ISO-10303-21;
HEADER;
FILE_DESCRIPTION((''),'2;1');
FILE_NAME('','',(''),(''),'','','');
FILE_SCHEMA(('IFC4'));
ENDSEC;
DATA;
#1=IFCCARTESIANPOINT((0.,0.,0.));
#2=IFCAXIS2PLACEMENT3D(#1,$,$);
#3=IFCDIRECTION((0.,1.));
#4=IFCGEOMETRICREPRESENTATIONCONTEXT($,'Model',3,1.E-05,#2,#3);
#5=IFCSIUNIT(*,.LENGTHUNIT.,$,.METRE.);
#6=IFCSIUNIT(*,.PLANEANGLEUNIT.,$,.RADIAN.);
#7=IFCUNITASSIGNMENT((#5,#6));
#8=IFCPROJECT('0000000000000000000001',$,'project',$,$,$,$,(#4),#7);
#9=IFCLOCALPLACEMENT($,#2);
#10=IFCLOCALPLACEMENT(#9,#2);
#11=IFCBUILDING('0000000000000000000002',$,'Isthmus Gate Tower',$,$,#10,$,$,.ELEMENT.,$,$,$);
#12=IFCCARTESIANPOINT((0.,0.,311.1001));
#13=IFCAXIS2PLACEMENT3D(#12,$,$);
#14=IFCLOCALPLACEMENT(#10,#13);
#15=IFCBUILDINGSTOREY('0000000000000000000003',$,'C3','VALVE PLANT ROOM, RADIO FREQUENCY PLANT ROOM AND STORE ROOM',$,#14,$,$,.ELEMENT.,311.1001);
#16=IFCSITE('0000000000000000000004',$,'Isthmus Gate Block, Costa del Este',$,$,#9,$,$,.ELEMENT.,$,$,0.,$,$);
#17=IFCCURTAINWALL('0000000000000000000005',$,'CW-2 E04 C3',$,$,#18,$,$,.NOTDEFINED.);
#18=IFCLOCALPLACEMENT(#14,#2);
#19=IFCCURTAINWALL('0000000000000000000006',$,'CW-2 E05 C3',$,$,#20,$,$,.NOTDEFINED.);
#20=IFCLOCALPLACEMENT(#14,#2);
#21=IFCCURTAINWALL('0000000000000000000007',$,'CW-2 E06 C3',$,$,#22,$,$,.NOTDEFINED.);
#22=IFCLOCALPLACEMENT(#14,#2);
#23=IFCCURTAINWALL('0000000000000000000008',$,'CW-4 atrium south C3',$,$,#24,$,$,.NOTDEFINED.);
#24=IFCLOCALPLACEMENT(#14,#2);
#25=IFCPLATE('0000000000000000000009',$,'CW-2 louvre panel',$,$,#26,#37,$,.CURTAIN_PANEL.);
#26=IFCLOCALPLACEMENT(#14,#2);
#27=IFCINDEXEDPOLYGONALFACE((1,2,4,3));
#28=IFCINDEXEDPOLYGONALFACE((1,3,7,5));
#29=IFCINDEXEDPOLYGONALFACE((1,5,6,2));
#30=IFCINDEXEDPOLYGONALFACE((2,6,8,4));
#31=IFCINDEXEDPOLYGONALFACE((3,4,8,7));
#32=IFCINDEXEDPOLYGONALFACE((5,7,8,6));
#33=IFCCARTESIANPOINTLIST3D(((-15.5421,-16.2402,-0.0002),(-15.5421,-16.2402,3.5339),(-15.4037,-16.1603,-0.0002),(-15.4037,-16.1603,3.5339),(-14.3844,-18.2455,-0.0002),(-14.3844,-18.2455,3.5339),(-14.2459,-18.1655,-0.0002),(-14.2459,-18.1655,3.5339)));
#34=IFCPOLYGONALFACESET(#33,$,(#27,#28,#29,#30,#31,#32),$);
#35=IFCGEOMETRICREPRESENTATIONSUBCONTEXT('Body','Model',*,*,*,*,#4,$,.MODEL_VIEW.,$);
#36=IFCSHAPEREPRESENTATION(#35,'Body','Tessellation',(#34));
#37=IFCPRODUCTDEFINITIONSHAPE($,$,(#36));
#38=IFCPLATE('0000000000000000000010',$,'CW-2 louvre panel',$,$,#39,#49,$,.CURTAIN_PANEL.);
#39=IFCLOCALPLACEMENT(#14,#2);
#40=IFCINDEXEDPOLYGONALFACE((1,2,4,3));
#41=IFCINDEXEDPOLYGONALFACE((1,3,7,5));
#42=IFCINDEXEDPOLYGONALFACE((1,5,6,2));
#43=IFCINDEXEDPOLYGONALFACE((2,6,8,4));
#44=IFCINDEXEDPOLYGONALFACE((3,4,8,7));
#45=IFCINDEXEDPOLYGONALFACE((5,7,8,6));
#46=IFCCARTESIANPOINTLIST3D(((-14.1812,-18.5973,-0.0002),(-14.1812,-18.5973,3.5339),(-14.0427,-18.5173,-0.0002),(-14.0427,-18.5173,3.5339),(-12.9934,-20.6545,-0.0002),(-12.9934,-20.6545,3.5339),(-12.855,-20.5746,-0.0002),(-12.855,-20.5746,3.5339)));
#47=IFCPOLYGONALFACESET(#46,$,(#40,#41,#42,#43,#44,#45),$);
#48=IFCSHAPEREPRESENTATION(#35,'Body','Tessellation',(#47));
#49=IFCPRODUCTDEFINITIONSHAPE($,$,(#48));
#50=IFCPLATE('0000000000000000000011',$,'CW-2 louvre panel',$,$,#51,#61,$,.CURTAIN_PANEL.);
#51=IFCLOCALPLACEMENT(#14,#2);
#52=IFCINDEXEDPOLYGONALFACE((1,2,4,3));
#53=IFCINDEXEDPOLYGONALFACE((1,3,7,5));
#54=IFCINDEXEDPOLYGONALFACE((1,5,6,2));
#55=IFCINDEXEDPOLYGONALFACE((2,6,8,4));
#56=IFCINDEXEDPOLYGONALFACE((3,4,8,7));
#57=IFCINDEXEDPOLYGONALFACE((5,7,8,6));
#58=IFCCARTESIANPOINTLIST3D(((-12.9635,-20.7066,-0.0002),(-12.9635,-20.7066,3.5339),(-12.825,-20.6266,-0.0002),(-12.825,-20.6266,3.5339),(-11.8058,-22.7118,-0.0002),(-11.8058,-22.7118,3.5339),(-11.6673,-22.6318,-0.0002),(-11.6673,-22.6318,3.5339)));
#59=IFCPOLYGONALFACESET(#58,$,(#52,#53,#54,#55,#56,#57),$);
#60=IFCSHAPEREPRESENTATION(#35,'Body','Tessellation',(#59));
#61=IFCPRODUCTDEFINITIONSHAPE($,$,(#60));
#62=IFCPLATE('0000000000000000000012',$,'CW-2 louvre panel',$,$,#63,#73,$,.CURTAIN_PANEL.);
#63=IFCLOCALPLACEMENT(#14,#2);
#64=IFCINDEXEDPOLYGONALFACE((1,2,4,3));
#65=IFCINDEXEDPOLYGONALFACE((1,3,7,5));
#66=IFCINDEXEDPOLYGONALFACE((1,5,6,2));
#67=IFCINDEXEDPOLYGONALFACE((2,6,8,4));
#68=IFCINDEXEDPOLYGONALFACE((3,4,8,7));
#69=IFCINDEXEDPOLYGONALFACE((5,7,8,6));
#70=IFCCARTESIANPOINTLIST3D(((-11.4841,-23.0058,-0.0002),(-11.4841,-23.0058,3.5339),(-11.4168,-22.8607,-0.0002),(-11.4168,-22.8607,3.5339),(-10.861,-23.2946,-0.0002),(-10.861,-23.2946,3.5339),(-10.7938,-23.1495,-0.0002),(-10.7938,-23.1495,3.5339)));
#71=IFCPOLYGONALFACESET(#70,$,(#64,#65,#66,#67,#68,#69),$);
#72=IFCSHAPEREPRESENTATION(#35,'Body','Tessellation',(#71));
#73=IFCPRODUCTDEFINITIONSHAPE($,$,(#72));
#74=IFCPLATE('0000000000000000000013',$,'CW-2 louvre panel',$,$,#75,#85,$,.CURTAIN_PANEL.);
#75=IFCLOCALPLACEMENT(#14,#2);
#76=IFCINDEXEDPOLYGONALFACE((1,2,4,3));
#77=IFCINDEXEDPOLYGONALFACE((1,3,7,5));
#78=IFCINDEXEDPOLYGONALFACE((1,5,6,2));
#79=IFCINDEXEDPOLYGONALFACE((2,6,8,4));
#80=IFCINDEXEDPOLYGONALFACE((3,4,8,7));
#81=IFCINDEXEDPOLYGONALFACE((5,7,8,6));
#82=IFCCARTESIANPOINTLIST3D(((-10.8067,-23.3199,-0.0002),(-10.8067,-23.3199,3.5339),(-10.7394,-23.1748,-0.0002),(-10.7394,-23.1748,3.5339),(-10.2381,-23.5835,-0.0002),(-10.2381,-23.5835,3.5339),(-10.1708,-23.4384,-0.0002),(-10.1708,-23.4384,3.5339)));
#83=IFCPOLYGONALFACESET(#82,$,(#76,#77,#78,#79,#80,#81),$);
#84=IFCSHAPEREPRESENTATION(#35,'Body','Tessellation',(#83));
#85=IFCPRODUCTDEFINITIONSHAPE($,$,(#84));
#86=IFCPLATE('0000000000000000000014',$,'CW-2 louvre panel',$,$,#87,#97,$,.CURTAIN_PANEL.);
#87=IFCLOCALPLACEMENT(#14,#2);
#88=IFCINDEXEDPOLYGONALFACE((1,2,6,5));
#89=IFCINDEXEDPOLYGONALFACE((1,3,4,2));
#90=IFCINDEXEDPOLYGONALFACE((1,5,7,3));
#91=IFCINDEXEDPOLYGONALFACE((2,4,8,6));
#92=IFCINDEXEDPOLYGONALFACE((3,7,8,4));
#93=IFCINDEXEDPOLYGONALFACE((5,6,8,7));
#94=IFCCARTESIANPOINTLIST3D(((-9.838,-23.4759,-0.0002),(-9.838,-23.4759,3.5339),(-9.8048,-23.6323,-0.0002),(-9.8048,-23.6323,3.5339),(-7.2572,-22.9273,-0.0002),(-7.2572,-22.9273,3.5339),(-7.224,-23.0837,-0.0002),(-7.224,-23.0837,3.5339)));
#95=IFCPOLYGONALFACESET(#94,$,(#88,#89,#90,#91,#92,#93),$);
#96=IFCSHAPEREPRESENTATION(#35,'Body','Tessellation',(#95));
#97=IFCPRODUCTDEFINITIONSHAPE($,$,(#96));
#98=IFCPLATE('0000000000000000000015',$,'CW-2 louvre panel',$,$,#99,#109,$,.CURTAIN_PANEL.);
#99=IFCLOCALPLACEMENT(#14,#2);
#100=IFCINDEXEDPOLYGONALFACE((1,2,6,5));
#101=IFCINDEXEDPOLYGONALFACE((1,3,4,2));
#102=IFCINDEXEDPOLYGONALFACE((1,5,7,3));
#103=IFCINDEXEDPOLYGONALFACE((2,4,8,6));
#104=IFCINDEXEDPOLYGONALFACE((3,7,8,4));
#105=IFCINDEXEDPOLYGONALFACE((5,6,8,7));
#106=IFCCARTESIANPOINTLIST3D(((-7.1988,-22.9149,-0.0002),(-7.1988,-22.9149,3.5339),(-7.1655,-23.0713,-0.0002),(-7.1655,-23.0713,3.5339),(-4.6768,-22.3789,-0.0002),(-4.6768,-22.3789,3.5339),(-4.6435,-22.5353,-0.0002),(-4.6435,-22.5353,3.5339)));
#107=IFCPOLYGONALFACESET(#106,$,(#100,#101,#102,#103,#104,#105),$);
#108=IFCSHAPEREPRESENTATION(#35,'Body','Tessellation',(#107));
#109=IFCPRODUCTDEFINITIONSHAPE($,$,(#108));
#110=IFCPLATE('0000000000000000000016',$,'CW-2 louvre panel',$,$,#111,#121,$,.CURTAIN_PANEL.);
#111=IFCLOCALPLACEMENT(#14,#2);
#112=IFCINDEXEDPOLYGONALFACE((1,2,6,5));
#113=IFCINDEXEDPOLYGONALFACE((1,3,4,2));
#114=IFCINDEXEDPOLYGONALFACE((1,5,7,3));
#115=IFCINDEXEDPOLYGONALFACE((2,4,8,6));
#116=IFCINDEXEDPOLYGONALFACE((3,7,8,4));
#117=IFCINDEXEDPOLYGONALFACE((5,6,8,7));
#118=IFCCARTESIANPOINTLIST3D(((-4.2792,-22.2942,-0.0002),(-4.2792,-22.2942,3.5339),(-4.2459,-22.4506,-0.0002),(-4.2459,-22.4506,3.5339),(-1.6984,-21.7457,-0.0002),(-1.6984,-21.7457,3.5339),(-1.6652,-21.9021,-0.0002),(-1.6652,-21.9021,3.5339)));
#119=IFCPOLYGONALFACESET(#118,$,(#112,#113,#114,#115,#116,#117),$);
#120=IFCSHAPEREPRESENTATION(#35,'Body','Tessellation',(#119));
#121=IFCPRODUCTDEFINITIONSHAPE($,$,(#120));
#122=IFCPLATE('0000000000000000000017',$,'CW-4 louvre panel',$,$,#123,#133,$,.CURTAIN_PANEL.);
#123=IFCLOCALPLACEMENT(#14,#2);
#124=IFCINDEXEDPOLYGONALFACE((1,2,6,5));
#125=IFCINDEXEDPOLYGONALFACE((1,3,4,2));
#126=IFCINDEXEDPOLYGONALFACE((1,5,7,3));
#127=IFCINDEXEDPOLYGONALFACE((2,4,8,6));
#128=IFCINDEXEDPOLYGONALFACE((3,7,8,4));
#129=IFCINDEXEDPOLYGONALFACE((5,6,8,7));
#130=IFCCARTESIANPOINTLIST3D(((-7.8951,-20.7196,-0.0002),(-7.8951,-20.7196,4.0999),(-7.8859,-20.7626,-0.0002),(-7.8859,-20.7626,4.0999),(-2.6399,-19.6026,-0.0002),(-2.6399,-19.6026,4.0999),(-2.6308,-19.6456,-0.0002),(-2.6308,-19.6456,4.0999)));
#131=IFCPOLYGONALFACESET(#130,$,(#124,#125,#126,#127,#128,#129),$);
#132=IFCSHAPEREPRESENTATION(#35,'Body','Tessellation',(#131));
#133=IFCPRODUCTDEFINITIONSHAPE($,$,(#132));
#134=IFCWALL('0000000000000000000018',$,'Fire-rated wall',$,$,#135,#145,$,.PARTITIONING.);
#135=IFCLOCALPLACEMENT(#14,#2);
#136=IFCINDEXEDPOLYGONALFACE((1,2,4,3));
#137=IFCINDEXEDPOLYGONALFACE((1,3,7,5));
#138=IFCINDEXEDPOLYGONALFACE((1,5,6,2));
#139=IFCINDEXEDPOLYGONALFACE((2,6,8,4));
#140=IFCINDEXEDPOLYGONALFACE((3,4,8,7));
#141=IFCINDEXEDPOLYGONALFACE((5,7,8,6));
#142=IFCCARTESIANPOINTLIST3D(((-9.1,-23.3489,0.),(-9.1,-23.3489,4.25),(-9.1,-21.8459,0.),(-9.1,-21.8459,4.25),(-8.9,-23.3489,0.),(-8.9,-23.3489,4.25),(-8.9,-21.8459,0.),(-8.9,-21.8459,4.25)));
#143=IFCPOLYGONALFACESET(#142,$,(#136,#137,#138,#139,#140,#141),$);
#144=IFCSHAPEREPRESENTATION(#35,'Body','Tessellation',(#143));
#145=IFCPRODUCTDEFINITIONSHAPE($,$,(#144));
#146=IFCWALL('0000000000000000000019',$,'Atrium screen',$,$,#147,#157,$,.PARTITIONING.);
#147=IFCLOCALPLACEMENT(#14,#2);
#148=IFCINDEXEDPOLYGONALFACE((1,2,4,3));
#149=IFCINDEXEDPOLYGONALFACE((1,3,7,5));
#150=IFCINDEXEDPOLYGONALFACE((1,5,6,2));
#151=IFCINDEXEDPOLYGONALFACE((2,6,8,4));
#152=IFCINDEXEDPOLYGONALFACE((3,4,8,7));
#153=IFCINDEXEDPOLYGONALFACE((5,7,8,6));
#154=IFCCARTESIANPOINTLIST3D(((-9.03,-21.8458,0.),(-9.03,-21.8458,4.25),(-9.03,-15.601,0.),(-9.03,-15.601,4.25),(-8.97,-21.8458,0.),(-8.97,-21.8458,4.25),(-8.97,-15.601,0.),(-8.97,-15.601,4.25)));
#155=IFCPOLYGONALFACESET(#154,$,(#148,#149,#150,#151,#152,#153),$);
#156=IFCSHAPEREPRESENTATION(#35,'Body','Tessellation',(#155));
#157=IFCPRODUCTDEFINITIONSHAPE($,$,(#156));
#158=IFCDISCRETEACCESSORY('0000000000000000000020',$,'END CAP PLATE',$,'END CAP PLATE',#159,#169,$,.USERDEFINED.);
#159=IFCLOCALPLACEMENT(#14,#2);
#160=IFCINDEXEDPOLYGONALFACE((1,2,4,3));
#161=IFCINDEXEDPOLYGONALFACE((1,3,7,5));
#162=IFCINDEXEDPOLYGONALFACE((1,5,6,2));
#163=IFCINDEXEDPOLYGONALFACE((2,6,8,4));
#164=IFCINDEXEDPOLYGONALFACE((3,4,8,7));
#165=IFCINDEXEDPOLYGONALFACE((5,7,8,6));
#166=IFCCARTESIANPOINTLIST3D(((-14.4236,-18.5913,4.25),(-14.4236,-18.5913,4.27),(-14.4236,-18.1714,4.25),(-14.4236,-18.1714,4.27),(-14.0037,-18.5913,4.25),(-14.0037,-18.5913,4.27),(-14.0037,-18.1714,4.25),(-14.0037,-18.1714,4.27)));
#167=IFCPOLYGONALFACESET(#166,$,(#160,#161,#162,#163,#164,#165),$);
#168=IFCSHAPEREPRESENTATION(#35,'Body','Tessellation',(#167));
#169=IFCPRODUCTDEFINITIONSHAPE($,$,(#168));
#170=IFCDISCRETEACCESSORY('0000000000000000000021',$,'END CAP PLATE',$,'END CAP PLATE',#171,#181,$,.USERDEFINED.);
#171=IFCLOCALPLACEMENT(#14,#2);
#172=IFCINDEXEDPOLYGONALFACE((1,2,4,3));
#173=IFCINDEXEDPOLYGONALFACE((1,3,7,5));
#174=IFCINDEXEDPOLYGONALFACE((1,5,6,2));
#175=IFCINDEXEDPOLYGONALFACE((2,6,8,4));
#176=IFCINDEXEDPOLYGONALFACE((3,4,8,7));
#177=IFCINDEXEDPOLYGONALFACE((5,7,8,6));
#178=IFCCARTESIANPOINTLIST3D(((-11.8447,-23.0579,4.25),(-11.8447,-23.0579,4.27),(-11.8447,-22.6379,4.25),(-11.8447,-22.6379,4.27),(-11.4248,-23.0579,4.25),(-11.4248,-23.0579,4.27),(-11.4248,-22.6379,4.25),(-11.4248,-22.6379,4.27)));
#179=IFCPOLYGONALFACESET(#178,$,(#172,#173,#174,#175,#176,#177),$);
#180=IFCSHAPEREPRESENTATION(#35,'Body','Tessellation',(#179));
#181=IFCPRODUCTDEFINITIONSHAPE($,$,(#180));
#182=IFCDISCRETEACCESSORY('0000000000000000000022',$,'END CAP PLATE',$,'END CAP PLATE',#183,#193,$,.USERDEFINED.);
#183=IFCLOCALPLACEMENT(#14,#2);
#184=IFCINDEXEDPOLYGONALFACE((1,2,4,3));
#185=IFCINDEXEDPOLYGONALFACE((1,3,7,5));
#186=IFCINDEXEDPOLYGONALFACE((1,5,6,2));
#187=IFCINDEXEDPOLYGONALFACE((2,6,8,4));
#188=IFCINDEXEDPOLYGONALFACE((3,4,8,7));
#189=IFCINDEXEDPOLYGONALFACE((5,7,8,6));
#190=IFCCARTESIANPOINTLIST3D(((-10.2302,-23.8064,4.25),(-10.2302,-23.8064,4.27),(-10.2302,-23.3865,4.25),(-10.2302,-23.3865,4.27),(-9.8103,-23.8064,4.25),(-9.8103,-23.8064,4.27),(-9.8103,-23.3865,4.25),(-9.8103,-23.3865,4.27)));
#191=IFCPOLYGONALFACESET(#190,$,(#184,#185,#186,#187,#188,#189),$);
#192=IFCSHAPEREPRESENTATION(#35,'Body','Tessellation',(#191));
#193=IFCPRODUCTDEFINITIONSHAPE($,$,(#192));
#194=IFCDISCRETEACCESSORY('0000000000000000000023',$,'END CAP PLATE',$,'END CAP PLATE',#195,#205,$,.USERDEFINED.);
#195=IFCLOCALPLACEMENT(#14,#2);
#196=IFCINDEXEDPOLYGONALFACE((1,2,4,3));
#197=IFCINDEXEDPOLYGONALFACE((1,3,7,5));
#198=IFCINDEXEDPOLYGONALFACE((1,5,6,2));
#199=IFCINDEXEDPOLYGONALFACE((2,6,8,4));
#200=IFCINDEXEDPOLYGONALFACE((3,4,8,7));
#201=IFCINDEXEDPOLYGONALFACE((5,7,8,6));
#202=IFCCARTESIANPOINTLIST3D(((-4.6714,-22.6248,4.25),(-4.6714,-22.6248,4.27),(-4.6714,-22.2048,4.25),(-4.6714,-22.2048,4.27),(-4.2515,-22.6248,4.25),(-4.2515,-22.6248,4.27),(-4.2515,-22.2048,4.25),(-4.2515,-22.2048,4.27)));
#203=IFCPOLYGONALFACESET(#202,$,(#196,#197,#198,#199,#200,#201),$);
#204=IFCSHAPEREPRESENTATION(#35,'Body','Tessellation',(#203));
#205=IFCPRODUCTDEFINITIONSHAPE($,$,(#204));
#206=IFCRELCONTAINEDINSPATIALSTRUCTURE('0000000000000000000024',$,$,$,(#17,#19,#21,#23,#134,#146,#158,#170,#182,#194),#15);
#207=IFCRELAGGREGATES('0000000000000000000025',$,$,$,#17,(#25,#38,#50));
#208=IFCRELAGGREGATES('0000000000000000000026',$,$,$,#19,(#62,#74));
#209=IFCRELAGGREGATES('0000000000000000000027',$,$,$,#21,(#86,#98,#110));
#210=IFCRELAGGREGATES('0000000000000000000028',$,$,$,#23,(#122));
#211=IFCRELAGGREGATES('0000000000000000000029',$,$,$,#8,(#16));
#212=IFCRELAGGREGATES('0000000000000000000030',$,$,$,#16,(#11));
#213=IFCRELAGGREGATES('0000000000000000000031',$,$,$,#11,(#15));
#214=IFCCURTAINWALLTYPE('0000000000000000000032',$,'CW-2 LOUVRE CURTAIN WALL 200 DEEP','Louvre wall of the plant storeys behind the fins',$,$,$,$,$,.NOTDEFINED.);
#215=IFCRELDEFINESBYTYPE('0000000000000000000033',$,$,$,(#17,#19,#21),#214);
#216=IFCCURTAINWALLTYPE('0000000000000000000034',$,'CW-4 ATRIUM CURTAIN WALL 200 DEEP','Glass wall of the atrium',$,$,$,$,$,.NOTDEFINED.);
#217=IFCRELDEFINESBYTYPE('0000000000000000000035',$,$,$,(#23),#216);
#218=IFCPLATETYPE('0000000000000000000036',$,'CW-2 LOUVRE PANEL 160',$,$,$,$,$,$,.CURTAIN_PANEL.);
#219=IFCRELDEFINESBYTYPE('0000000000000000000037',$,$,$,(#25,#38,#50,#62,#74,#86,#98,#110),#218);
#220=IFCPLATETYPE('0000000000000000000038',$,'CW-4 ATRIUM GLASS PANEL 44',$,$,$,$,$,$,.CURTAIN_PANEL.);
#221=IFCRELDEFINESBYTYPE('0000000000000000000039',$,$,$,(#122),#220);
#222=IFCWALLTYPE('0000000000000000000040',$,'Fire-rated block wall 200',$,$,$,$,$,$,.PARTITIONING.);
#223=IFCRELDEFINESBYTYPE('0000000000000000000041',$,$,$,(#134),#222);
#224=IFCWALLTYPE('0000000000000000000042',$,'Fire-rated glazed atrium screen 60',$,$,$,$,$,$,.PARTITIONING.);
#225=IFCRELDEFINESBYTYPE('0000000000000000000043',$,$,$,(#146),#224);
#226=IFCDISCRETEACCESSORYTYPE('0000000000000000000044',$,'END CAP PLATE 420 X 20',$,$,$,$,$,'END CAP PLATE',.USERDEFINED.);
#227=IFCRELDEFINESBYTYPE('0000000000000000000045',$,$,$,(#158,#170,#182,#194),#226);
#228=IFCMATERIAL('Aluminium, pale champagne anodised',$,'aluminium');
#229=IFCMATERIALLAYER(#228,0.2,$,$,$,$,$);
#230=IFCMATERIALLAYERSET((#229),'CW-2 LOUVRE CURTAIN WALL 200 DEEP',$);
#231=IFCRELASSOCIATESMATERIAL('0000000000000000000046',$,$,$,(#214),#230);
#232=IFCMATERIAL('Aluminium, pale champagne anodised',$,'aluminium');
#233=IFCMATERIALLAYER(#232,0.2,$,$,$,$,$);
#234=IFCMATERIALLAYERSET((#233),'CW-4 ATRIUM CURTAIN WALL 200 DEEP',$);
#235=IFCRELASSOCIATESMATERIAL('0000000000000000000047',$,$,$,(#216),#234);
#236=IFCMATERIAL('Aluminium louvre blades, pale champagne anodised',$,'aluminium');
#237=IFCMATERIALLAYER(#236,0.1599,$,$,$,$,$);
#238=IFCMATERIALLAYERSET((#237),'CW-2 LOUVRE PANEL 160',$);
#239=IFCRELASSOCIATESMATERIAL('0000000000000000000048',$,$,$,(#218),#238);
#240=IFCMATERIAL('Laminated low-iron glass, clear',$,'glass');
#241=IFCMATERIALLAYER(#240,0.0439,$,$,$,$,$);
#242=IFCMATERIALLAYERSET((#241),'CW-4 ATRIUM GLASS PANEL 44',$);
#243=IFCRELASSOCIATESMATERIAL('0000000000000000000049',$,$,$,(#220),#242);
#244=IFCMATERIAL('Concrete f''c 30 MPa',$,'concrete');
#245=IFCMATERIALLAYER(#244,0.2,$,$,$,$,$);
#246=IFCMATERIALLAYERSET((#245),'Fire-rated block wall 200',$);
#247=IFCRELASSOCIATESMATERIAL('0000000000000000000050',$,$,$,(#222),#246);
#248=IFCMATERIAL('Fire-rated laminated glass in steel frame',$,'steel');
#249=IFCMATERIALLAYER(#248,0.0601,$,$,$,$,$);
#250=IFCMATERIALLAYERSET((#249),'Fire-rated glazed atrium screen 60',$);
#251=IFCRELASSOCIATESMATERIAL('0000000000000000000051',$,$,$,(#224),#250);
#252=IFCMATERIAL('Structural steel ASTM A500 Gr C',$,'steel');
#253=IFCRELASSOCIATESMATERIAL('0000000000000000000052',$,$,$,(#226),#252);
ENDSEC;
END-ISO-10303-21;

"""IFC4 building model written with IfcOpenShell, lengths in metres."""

from ifc_helpers import new_model, si_unit, direction, frame, frame_2d, origin, origin_2d, place, context, subcontext, project, spatial, rectangle, extrude, material, layer, layer_set, type_object, element, aggregate, save


model = new_model("IFC4")

# Units and contexts
model_context = context("Model", 3, precision=1e-05, world=origin(), true_north=direction((0.0, 1.0)))
body_context = subcontext(model_context, "Body", "Model", "MODEL_VIEW")
ifc_project = project(units=[si_unit("LENGTHUNIT", "METRE"), si_unit("PLANEANGLEUNIT", "RADIAN")], contexts=[model_context])

# Site, building, storey
site_placement = place(None, origin())
site = spatial("IfcSite", under=ifc_project, at=site_placement, Name="Isthmus Gate Block, Costa del Este", CompositionType="ELEMENT", RefElevation=0.0)
building_placement = place(site_placement, origin())
building = spatial("IfcBuilding", under=site, at=building_placement, Name="Isthmus Gate Tower", CompositionType="ELEMENT")
storey_placement = place(building_placement, frame((0.0, 0.0, 311.1001)))
storey = spatial("IfcBuildingStorey", under=building, at=storey_placement, Name="C3", Description="VALVE PLANT ROOM, RADIO FREQUENCY PLANT ROOM AND STORE ROOM", CompositionType="ELEMENT", Elevation=311.1001)

# Curtain wall
ifc_material_1 = material(Name="Aluminium, pale champagne anodised", Category="aluminium")
ifc_layer_1 = layer(ifc_material_1, 0.2)
ifc_layer_set_1 = layer_set([ifc_layer_1], Name="CW-2 LOUVRE CURTAIN WALL 200 DEEP")
curtain_wall_type_1 = type_object("IfcCurtainWallType", Name="CW-2 LOUVRE CURTAIN WALL 200 DEEP", Description="Louvre wall of the plant storeys behind the fins", PredefinedType="NOTDEFINED", material=ifc_layer_set_1)
curtain_wall_1_placement = place(storey_placement, origin())
curtain_wall_1 = element("IfcCurtainWall", 1, at=curtain_wall_1_placement, inside=storey, type_object=curtain_wall_type_1, Name="CW-2 E04 C3", PredefinedType="NOTDEFINED")

# Curtain wall
curtain_wall_2_placement = place(storey_placement, origin())
curtain_wall_2 = element("IfcCurtainWall", 2, at=curtain_wall_2_placement, inside=storey, type_object=curtain_wall_type_1, Name="CW-2 E05 C3", PredefinedType="NOTDEFINED")

# Curtain wall
curtain_wall_3_placement = place(storey_placement, origin())
curtain_wall_3 = element("IfcCurtainWall", 3, at=curtain_wall_3_placement, inside=storey, type_object=curtain_wall_type_1, Name="CW-2 E06 C3", PredefinedType="NOTDEFINED")

# Curtain wall
ifc_material_2 = material(Name="Aluminium, pale champagne anodised", Category="aluminium")
ifc_layer_2 = layer(ifc_material_2, 0.2)
ifc_layer_set_2 = layer_set([ifc_layer_2], Name="CW-4 ATRIUM CURTAIN WALL 200 DEEP")
curtain_wall_type_2 = type_object("IfcCurtainWallType", Name="CW-4 ATRIUM CURTAIN WALL 200 DEEP", Description="Glass wall of the atrium", PredefinedType="NOTDEFINED", material=ifc_layer_set_2)
curtain_wall_4_placement = place(storey_placement, origin())
curtain_wall_4 = element("IfcCurtainWall", 4, at=curtain_wall_4_placement, inside=storey, type_object=curtain_wall_type_2, Name="CW-4 atrium south C3", PredefinedType="NOTDEFINED")

# Plates
ifc_material_3 = material(Name="Aluminium louvre blades, pale champagne anodised", Category="aluminium")
ifc_layer_3 = layer(ifc_material_3, 0.1599)
ifc_layer_set_3 = layer_set([ifc_layer_3], Name="CW-2 LOUVRE PANEL 160")
plate_type_1 = type_object("IfcPlateType", Name="CW-2 LOUVRE PANEL 160", PredefinedType="CURTAIN_PANEL", material=ifc_layer_set_3)
plate_1_placement = place(storey_placement, frame((-14.894, -17.2029, -0.0002), z_axis=(0.0, 0.0, 1.0), x_axis=(0.5, -0.866025, 0.0)))
plate_1 = element("IfcPlate", 5, at=plate_1_placement, type_object=plate_type_1, Name="CW-2 louvre panel", PredefinedType="CURTAIN_PANEL", context=body_context, shape_type="SweptSolid", body=[
    extrude(rectangle(XDim=2.3154, YDim=0.1599, at=origin_2d()), origin(), (0.0, 0.0, 1.0), 3.5342),
])
plate_2_placement = place(storey_placement, frame((-13.5181, -19.5859, -0.0002), z_axis=(0.0, 0.0, 1.0), x_axis=(0.5, -0.866025, 0.0)))
plate_2 = element("IfcPlate", 6, at=plate_2_placement, type_object=plate_type_1, Name="CW-2 louvre panel", PredefinedType="CURTAIN_PANEL", context=body_context, shape_type="SweptSolid", body=[
    extrude(rectangle(XDim=2.3755, YDim=0.1599, at=origin_2d()), origin(), (0.0, 0.0, 1.0), 3.5342),
])
plate_3_placement = place(storey_placement, frame((-12.3154, -21.6692, -0.0002), z_axis=(0.0, 0.0, 1.0), x_axis=(0.5, -0.866025, 0.0)))
plate_3 = element("IfcPlate", 7, at=plate_3_placement, type_object=plate_type_1, Name="CW-2 louvre panel", PredefinedType="CURTAIN_PANEL", context=body_context, shape_type="SweptSolid", body=[
    extrude(rectangle(XDim=2.3154, YDim=0.1599, at=origin_2d()), origin(), (0.0, 0.0, 1.0), 3.5342),
])
aggregate(curtain_wall_1, [plate_1, plate_2, plate_3])
plate_4_placement = place(storey_placement, frame((-11.1389, -23.0776, -0.0002), z_axis=(0.0, 0.0, 1.0), x_axis=(0.907256, -0.420578, 0.0)))
plate_4 = element("IfcPlate", 8, at=plate_4_placement, type_object=plate_type_1, Name="CW-2 louvre panel", PredefinedType="CURTAIN_PANEL", context=body_context, shape_type="SweptSolid", body=[
    extrude(rectangle(XDim=0.6868, YDim=0.1599, at=origin_2d()), origin(), (0.0, 0.0, 1.0), 3.5342),
])
plate_5_placement = place(storey_placement, frame((-10.4888, -23.3792, -0.0002), z_axis=(0.0, 0.0, 1.0), x_axis=(0.907256, -0.420578, 0.0)))
plate_5 = element("IfcPlate", 9, at=plate_5_placement, type_object=plate_type_1, Name="CW-2 louvre panel", PredefinedType="CURTAIN_PANEL", context=body_context, shape_type="SweptSolid", body=[
    extrude(rectangle(XDim=0.6267, YDim=0.1599, at=origin_2d()), origin(), (0.0, 0.0, 1.0), 3.5342),
])
aggregate(curtain_wall_2, [plate_4, plate_5])
plate_6_placement = place(storey_placement, frame((-8.531, -23.2798, -0.0002), z_axis=(0.0, 0.0, 1.0), x_axis=(0.978148, 0.207912, 0.0)))
plate_6 = element("IfcPlate", 10, at=plate_6_placement, type_object=plate_type_1, Name="CW-2 louvre panel", PredefinedType="CURTAIN_PANEL", context=body_context, shape_type="SweptSolid", body=[
    extrude(rectangle(XDim=2.6384, YDim=0.1599, at=origin_2d()), origin(), (0.0, 0.0, 1.0), 3.5342),
])
plate_7_placement = place(storey_placement, frame((-5.9211, -22.7251, -0.0002), z_axis=(0.0, 0.0, 1.0), x_axis=(0.978148, 0.207912, 0.0)))
plate_7 = element("IfcPlate", 11, at=plate_7_placement, type_object=plate_type_1, Name="CW-2 louvre panel", PredefinedType="CURTAIN_PANEL", context=body_context, shape_type="SweptSolid", body=[
    extrude(rectangle(XDim=2.5784, YDim=0.1599, at=origin_2d()), origin(), (0.0, 0.0, 1.0), 3.5342),
])
plate_8_placement = place(storey_placement, frame((-2.9722, -22.0981, -0.0002), z_axis=(0.0, 0.0, 1.0), x_axis=(0.978148, 0.207912, 0.0)))
plate_8 = element("IfcPlate", 12, at=plate_8_placement, type_object=plate_type_1, Name="CW-2 louvre panel", PredefinedType="CURTAIN_PANEL", context=body_context, shape_type="SweptSolid", body=[
    extrude(rectangle(XDim=2.6384, YDim=0.1599, at=origin_2d()), origin(), (0.0, 0.0, 1.0), 3.5342),
])
aggregate(curtain_wall_3, [plate_6, plate_7, plate_8])
ifc_material_4 = material(Name="Laminated low-iron glass, clear", Category="glass")
ifc_layer_4 = layer(ifc_material_4, 0.0439)
ifc_layer_set_4 = layer_set([ifc_layer_4], Name="CW-4 ATRIUM GLASS PANEL 44")
plate_type_2 = type_object("IfcPlateType", Name="CW-4 ATRIUM GLASS PANEL 44", PredefinedType="CURTAIN_PANEL", material=ifc_layer_set_4)
plate_9_placement = place(storey_placement, frame((-5.2629, -20.1826, -0.0002), z_axis=(0.0, 0.0, 1.0), x_axis=(0.978148, 0.207912, 0.0)))
plate_9 = element("IfcPlate", 13, at=plate_9_placement, type_object=plate_type_2, Name="CW-4 louvre panel", PredefinedType="CURTAIN_PANEL", context=body_context, shape_type="SweptSolid", body=[
    extrude(rectangle(XDim=5.3726, YDim=0.0439, at=origin_2d()), origin(), (0.0, 0.0, 1.0), 4.1001),
])
aggregate(curtain_wall_4, [plate_9])

# Walls
ifc_material_5 = material(Name="Concrete f'c 30 MPa", Category="concrete")
ifc_layer_5 = layer(ifc_material_5, 0.2)
ifc_layer_set_5 = layer_set([ifc_layer_5], Name="Fire-rated block wall 200")
wall_type_1 = type_object("IfcWallType", Name="Fire-rated block wall 200", PredefinedType="PARTITIONING", material=ifc_layer_set_5)
wall_1_placement = place(storey_placement, frame((-9.0, -23.3489, 0.0), z_axis=(0.0, 0.0, 1.0), x_axis=(0.0, 1.0, 0.0)))
element("IfcWall", 14, at=wall_1_placement, inside=storey, type_object=wall_type_1, Name="Fire-rated wall", PredefinedType="PARTITIONING", context=body_context, shape_type="SweptSolid", body=[
    extrude(rectangle(XDim=1.5029, YDim=0.2, at=frame_2d((0.7515, 0.0))), origin(), (0.0, 0.0, 1.0), 4.25),
])
ifc_material_6 = material(Name="Fire-rated laminated glass in steel frame", Category="steel")
ifc_layer_6 = layer(ifc_material_6, 0.0601)
ifc_layer_set_6 = layer_set([ifc_layer_6], Name="Fire-rated glazed atrium screen 60")
wall_type_2 = type_object("IfcWallType", Name="Fire-rated glazed atrium screen 60", PredefinedType="PARTITIONING", material=ifc_layer_set_6)
wall_2_placement = place(storey_placement, frame((-9.0, -21.8459, 0.0), z_axis=(0.0, 0.0, 1.0), x_axis=(0.0, 1.0, 0.0)))
element("IfcWall", 15, at=wall_2_placement, inside=storey, type_object=wall_type_2, Name="Atrium screen", PredefinedType="PARTITIONING", context=body_context, shape_type="SweptSolid", body=[
    extrude(rectangle(XDim=6.2449, YDim=0.0601, at=frame_2d((3.1226, 0.0))), origin(), (0.0, 0.0, 1.0), 4.25),
])

# Discrete accessories
ifc_material_7 = material(Name="Structural steel ASTM A500 Gr C", Category="steel")
discrete_accessory_type = type_object("IfcDiscreteAccessoryType", Name="END CAP PLATE 420 X 20", ElementType="END CAP PLATE", PredefinedType="USERDEFINED", material=ifc_material_7)
for number, where, z_axis, x_axis, name in (
    (16, (-14.2136, -18.3813, 4.25), (0.0, 0.0, 1.0), (1.0, 0.0, 0.0), "END CAP PLATE"),
    (17, (-11.6348, -22.8479, 4.25), (0.0, 0.0, 1.0), (1.0, 0.0, 0.0), "END CAP PLATE"),
    (18, (-10.0203, -23.5964, 4.25), (0.0, 0.0, 1.0), (1.0, 0.0, 0.0), "END CAP PLATE"),
    (19, (-4.4614, -22.4148, 4.25), (0.0, 0.0, 1.0), (1.0, 0.0, 0.0), "END CAP PLATE"),
):
    element("IfcDiscreteAccessory", number, at=place(storey_placement, frame(where, z_axis=z_axis, x_axis=x_axis)), inside=storey, type_object=discrete_accessory_type, Name=name, ObjectType="END CAP PLATE", PredefinedType="USERDEFINED", context=body_context, shape_type="SweptSolid", body=[
        extrude(rectangle(XDim=0.4199, YDim=0.4199, at=origin_2d()), origin(), (0.0, 0.0, 1.0), 0.02),
    ])

save(model, "model.ifc")
